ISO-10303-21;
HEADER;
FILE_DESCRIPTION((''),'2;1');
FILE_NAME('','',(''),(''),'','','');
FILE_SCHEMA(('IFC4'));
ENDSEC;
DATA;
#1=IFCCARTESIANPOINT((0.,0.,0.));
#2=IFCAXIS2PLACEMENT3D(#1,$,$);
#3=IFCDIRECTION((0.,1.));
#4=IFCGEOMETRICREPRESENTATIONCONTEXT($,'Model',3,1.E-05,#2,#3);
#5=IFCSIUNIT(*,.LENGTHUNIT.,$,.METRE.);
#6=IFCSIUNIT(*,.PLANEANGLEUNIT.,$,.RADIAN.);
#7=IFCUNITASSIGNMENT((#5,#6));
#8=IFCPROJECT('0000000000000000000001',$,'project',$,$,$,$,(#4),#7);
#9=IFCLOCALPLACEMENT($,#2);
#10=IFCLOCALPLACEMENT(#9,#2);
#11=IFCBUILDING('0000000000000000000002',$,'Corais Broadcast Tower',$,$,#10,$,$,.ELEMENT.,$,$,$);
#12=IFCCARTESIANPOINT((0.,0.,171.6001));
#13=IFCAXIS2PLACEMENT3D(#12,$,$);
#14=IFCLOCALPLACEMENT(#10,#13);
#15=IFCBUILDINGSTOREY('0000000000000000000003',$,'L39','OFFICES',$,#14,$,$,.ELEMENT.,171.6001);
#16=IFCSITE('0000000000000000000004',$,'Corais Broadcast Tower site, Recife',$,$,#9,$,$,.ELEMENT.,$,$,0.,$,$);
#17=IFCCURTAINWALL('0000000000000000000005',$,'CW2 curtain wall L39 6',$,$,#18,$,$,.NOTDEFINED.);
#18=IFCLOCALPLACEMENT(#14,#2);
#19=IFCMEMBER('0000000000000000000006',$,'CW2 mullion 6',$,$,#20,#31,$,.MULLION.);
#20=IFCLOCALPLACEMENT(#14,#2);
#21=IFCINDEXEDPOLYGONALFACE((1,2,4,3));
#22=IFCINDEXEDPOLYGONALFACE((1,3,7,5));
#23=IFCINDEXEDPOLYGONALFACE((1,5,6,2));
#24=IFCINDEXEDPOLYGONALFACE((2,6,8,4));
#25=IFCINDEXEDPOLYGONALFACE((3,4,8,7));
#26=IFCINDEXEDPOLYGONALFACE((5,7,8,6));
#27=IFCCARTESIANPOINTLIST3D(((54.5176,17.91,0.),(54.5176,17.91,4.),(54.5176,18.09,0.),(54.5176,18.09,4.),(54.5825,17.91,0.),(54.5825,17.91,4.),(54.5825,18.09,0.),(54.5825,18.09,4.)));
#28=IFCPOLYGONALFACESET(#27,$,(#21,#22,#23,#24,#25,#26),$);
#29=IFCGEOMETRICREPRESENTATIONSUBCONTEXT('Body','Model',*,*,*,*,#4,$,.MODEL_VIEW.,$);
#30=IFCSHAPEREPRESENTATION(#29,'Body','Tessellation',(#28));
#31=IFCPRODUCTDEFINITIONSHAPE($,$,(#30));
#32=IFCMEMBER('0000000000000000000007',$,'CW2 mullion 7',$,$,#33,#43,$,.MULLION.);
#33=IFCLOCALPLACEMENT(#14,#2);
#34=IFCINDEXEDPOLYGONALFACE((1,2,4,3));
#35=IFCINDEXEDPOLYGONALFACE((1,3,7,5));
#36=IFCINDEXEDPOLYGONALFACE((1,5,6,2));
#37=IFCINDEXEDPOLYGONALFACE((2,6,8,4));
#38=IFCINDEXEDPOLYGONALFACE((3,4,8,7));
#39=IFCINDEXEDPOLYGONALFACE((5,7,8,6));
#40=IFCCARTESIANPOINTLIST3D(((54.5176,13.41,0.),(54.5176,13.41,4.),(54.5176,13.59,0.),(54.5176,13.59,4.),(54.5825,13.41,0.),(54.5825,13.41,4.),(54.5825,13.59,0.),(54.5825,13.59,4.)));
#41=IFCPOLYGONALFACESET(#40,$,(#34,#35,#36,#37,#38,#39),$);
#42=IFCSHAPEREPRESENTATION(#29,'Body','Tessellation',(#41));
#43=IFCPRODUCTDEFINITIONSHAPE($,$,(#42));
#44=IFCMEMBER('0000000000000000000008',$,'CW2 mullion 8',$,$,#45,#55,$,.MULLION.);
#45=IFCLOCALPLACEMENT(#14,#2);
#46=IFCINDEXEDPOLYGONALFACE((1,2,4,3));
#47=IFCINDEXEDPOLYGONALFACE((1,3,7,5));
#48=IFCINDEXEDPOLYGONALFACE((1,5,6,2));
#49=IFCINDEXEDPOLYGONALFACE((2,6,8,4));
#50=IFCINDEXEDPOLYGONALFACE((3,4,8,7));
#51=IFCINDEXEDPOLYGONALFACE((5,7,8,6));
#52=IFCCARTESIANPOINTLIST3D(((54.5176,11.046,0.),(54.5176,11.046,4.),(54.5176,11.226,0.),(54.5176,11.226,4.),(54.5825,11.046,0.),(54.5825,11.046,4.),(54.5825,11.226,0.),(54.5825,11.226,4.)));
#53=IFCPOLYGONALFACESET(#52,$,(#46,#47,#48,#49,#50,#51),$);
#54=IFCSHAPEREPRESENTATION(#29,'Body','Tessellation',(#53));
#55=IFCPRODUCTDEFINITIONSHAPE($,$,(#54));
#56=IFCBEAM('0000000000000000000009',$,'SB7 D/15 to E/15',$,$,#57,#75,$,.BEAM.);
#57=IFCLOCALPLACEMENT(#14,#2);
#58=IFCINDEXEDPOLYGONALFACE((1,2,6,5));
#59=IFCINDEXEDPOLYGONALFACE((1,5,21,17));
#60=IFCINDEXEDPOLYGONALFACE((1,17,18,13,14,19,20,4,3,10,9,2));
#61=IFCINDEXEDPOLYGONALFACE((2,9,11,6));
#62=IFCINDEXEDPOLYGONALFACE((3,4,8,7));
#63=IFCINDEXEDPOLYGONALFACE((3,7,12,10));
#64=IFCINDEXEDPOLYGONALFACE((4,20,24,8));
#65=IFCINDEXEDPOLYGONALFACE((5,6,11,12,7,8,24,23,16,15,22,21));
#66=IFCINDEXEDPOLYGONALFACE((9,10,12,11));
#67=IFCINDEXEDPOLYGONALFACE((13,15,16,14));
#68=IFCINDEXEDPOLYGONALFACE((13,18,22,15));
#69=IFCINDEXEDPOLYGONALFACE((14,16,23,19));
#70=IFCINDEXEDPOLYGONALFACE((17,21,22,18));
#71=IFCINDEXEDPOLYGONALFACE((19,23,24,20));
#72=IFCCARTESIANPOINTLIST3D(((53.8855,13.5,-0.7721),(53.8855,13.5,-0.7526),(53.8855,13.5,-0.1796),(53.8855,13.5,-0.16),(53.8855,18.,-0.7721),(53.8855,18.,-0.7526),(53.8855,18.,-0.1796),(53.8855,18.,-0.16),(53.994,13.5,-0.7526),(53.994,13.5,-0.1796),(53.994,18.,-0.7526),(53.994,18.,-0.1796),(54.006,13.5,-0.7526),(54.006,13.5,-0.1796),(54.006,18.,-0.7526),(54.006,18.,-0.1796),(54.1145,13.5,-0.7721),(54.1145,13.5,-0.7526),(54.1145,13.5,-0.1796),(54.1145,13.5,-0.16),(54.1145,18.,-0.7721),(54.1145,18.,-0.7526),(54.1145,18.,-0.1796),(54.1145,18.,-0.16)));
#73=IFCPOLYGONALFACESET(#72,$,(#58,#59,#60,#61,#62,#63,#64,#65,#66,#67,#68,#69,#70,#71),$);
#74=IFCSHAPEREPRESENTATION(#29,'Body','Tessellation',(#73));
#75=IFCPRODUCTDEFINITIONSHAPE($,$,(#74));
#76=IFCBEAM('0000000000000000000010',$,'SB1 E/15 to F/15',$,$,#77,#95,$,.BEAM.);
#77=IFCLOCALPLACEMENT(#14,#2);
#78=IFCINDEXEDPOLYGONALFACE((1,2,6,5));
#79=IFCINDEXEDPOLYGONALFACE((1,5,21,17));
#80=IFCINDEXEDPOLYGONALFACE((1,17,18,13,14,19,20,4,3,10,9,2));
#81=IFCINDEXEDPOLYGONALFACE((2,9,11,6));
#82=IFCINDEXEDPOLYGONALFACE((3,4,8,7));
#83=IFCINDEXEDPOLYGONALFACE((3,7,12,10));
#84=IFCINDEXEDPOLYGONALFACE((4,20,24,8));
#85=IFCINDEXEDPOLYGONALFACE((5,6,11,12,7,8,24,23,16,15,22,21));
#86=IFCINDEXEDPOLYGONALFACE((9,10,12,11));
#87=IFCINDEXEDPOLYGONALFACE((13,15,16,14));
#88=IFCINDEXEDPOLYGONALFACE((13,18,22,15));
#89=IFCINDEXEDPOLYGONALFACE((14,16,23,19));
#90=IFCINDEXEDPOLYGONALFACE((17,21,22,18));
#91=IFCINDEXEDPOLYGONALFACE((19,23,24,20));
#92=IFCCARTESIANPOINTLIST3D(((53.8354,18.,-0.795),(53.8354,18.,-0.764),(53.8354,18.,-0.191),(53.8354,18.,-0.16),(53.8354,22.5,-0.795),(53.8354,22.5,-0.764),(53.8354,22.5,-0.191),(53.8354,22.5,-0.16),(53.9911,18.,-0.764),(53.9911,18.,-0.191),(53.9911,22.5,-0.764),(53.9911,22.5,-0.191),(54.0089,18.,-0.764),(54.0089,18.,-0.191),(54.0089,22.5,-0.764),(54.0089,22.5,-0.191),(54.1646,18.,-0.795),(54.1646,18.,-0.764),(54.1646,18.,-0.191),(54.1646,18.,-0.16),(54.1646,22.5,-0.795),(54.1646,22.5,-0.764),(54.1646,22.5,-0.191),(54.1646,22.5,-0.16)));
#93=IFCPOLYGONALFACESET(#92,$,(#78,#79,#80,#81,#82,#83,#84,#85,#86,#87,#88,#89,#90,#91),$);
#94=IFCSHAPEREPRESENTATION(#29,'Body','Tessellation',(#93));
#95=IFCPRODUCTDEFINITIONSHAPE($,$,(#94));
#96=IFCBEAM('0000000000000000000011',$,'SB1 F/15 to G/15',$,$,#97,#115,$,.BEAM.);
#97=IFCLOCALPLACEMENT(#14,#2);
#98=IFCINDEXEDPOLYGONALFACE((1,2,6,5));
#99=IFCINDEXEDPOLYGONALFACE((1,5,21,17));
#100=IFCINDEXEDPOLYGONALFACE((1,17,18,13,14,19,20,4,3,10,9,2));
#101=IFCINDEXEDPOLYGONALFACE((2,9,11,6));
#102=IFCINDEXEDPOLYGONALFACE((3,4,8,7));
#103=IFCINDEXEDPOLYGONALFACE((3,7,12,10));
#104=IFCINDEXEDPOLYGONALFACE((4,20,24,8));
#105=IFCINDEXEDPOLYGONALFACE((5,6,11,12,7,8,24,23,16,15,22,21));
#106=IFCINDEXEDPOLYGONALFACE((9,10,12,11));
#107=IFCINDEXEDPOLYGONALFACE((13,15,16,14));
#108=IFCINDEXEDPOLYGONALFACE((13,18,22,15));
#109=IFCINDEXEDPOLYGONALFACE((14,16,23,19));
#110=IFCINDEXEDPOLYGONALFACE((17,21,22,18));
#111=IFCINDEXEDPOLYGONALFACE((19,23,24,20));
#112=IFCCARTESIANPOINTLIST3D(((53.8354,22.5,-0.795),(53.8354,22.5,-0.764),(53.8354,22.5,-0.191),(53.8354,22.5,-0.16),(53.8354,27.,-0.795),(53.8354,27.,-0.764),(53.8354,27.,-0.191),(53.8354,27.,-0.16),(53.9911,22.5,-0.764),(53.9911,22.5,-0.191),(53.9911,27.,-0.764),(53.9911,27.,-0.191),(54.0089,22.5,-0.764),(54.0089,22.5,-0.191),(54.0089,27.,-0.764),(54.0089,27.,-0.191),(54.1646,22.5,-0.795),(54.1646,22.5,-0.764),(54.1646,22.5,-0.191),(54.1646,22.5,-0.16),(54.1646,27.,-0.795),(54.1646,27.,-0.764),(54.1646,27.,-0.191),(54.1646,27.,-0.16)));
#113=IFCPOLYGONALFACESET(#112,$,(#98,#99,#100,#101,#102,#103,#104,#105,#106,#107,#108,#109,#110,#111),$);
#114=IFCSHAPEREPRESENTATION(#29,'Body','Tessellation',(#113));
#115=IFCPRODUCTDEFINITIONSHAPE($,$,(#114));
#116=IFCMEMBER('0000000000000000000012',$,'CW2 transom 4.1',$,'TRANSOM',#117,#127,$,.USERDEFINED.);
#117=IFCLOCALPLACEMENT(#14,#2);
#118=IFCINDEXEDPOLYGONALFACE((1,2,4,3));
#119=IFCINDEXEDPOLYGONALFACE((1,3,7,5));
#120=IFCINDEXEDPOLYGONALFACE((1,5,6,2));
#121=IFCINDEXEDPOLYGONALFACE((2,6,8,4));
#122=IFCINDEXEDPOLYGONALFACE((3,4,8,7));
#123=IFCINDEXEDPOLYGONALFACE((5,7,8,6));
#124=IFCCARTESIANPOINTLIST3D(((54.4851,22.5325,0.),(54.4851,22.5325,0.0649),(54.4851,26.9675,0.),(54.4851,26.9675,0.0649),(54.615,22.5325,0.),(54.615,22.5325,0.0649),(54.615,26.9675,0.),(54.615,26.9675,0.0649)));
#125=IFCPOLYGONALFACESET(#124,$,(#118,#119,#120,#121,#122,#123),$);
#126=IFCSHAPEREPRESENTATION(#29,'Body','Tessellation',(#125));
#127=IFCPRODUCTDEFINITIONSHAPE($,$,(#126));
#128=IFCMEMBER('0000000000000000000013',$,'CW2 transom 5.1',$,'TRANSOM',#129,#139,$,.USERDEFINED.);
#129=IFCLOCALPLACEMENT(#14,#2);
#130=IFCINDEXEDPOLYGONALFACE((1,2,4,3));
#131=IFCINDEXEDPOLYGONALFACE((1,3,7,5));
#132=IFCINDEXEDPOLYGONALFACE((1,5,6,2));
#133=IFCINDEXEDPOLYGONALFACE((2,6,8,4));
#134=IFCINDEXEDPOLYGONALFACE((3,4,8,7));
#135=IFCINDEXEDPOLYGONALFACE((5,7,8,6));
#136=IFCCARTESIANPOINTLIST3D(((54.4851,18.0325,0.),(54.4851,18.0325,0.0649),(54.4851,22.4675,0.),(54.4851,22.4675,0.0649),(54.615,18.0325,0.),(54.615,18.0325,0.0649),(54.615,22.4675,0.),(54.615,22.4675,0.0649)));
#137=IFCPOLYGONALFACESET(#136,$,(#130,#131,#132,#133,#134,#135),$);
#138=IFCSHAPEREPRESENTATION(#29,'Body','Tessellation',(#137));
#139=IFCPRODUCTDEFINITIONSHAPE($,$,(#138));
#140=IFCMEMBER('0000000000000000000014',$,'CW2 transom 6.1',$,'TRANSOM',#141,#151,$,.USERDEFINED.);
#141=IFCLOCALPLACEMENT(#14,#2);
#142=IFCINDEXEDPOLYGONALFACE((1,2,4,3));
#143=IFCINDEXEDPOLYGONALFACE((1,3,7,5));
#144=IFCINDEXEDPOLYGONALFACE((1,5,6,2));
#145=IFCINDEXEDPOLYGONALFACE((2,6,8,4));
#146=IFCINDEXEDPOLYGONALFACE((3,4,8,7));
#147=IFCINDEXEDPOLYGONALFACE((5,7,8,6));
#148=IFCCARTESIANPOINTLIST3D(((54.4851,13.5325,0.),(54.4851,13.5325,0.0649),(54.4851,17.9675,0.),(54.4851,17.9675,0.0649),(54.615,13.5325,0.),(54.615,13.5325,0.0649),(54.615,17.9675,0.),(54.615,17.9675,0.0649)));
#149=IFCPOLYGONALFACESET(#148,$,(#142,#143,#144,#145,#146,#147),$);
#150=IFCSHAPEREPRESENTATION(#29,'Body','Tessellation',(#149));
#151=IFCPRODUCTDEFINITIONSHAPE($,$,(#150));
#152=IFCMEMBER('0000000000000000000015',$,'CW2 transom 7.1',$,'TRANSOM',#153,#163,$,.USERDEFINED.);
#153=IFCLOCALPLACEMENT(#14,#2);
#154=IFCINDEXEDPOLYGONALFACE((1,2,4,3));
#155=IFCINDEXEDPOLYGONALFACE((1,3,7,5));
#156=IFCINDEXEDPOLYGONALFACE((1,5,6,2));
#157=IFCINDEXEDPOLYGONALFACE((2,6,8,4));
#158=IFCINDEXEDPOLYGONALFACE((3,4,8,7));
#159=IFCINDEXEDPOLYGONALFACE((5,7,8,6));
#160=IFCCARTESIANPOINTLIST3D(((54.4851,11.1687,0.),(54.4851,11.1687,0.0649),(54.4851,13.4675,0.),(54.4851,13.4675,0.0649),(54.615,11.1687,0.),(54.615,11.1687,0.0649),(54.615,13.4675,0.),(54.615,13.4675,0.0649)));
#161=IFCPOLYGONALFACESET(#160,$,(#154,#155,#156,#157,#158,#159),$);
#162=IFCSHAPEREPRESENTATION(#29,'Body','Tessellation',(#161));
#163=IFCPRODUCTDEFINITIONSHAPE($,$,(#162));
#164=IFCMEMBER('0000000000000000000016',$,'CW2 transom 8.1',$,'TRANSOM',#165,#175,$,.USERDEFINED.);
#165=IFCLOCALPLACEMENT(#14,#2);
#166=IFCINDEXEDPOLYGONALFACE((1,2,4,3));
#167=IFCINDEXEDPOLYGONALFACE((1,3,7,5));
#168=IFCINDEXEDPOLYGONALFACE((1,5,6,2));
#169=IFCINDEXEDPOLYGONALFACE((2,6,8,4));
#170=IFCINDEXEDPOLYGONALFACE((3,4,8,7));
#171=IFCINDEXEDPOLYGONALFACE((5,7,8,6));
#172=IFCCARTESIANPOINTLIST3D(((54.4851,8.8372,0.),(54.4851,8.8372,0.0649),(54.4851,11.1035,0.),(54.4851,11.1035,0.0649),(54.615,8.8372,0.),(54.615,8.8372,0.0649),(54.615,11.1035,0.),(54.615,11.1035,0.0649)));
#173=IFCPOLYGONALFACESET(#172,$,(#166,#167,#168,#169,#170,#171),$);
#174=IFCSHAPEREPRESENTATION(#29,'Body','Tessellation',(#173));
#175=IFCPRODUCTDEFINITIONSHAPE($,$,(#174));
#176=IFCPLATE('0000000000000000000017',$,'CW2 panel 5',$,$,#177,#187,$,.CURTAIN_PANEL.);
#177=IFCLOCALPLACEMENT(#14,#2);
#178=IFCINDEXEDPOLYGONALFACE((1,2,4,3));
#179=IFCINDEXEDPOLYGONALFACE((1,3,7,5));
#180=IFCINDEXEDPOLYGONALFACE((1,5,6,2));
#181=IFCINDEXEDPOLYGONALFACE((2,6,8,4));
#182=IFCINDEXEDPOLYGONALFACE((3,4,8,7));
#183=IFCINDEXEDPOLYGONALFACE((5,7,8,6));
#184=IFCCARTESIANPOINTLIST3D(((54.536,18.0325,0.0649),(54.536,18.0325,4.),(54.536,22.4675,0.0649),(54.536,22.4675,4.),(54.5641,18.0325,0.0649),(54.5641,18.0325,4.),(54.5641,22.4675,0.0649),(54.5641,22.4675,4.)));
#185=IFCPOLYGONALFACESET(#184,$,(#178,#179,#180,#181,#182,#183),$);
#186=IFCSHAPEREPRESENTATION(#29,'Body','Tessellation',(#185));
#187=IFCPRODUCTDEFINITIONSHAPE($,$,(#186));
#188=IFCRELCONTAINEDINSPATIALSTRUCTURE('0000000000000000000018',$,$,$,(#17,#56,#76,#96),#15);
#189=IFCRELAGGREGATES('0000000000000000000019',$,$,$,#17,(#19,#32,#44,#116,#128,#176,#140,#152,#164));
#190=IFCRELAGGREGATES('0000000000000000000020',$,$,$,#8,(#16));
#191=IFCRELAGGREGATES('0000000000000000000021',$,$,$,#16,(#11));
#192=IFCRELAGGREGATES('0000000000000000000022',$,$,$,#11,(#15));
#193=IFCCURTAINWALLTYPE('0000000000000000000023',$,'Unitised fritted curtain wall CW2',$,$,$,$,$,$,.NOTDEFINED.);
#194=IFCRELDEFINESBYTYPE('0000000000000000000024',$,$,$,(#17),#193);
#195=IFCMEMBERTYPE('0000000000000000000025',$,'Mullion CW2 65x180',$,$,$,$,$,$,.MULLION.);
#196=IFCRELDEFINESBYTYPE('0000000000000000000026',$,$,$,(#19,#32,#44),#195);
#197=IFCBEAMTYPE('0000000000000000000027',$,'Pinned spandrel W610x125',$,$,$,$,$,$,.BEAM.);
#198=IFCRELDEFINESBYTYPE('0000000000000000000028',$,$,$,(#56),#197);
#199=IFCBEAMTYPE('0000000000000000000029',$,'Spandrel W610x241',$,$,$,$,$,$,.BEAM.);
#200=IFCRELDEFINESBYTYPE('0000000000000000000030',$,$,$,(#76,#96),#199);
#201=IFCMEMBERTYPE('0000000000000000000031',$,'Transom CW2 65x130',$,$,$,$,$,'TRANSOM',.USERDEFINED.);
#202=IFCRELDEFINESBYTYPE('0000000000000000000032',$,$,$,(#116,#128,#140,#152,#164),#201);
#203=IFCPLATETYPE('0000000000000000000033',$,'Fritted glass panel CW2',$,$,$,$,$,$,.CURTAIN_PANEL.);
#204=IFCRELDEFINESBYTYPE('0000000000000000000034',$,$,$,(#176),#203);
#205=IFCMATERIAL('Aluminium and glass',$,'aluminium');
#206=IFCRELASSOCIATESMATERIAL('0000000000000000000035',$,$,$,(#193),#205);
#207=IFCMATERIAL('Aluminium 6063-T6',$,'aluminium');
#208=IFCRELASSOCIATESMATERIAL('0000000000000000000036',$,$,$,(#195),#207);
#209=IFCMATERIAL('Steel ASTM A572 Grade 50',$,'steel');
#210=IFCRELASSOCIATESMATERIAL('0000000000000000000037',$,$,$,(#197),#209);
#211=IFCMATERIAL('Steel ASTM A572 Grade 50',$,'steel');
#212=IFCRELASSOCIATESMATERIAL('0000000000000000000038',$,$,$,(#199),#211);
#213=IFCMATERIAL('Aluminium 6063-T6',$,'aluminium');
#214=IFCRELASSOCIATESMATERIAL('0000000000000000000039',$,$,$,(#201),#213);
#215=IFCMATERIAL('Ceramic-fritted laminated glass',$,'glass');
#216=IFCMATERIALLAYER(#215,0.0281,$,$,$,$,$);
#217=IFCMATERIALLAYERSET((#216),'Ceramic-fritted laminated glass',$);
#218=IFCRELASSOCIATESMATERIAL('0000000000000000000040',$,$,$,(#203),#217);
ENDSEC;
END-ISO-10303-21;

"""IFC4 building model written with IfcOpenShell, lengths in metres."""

from ifc_helpers import new_model, si_unit, direction, frame, origin, origin_2d, place, context, subcontext, project, spatial, rectangle, i_section, extrude, material, layer, layer_set, material_profile, profile_set, type_object, element, aggregate, save


model = new_model("IFC4")

# Units and contexts
model_context = context("Model", 3, precision=1e-05, world=origin(), true_north=direction((0.0, 1.0)))
body_context = subcontext(model_context, "Body", "Model", "MODEL_VIEW")
ifc_project = project(units=[si_unit("LENGTHUNIT", "METRE"), si_unit("PLANEANGLEUNIT", "RADIAN")], contexts=[model_context])

# Site, building, storey
site_placement = place(None, origin())
site = spatial("IfcSite", under=ifc_project, at=site_placement, Name="Corais Broadcast Tower site, Recife", CompositionType="ELEMENT", RefElevation=0.0)
building_placement = place(site_placement, origin())
building = spatial("IfcBuilding", under=site, at=building_placement, Name="Corais Broadcast Tower", CompositionType="ELEMENT")
storey_placement = place(building_placement, frame((0.0, 0.0, 171.6001)))
storey = spatial("IfcBuildingStorey", under=building, at=storey_placement, Name="L39", Description="OFFICES", CompositionType="ELEMENT", Elevation=171.6001)

# Curtain wall, members
ifc_material_1 = material(Name="Aluminium and glass", Category="aluminium")
curtain_wall_type = type_object("IfcCurtainWallType", Name="Unitised fritted curtain wall CW2", PredefinedType="NOTDEFINED", material=ifc_material_1)
curtain_wall_placement = place(storey_placement, origin())
curtain_wall = element("IfcCurtainWall", 1, at=curtain_wall_placement, inside=storey, type_object=curtain_wall_type, Name="CW2 curtain wall L39 6", PredefinedType="NOTDEFINED")
ifc_material_2 = material(Name="Aluminium 6063-T6", Category="aluminium")
ifc_material_profile_1 = material_profile(ifc_material_2, rectangle(XDim=0.0649, YDim=0.1799, at=origin_2d()), Name="Mullion CW2 65x180")
ifc_profile_set_1 = profile_set([ifc_material_profile_1], Name="Aluminium 6063-T6")
member_type_1 = type_object("IfcMemberType", Name="Mullion CW2 65x180", PredefinedType="MULLION", material=ifc_profile_set_1)
member_1_placement = place(storey_placement, frame((54.55, 18.0, 0.0), z_axis=(0.0, 0.0, 1.0), x_axis=(1.0, 0.0, 0.0)))
member_1 = element("IfcMember", 2, at=member_1_placement, type_object=member_type_1, Name="CW2 mullion 6", PredefinedType="MULLION", context=body_context, shape_type="SweptSolid", body=[
    extrude(rectangle(XDim=0.0649, YDim=0.1799, at=origin_2d()), origin(), (0.0, 0.0, 1.0), 4.0),
])
member_2_placement = place(storey_placement, frame((54.55, 13.5, 0.0), z_axis=(0.0, 0.0, 1.0), x_axis=(1.0, 0.0, 0.0)))
member_2 = element("IfcMember", 3, at=member_2_placement, type_object=member_type_1, Name="CW2 mullion 7", PredefinedType="MULLION", context=body_context, shape_type="SweptSolid", body=[
    extrude(rectangle(XDim=0.0649, YDim=0.1799, at=origin_2d()), origin(), (0.0, 0.0, 1.0), 4.0),
])
member_3_placement = place(storey_placement, frame((54.55, 11.136, 0.0), z_axis=(0.0, 0.0, 1.0), x_axis=(1.0, 0.0, 0.0)))
member_3 = element("IfcMember", 4, at=member_3_placement, type_object=member_type_1, Name="CW2 mullion 8", PredefinedType="MULLION", context=body_context, shape_type="SweptSolid", body=[
    extrude(rectangle(XDim=0.0649, YDim=0.1799, at=origin_2d()), origin(), (0.0, 0.0, 1.0), 4.0),
])

# Beams
ifc_material_3 = material(Name="Steel ASTM A572 Grade 50", Category="steel")
ifc_material_profile_2 = material_profile(ifc_material_3, i_section(OverallWidth=0.229, OverallDepth=0.6121, WebThickness=0.012, FlangeThickness=0.0195, at=origin_2d()), Name="W610x125")
ifc_profile_set_2 = profile_set([ifc_material_profile_2], Name="Steel ASTM A572 Grade 50")
beam_type_1 = type_object("IfcBeamType", Name="Pinned spandrel W610x125", PredefinedType="BEAM", material=ifc_profile_set_2)
beam_1_placement = place(storey_placement, frame((54.0, 13.5, -0.4661), z_axis=(0.0, 1.0, 0.0), x_axis=(-1.0, 0.0, 0.0)))
element("IfcBeam", 5, at=beam_1_placement, inside=storey, type_object=beam_type_1, Name="SB7 D/15 to E/15", PredefinedType="BEAM", context=body_context, shape_type="SweptSolid", body=[
    extrude(i_section(OverallWidth=0.229, OverallDepth=0.6121, WebThickness=0.012, FlangeThickness=0.0195, at=origin_2d()), origin(), (0.0, 0.0, 1.0), 4.5),
])
ifc_material_4 = material(Name="Steel ASTM A572 Grade 50", Category="steel")
ifc_material_profile_3 = material_profile(ifc_material_4, i_section(OverallWidth=0.3291, OverallDepth=0.635, WebThickness=0.0178, FlangeThickness=0.031, at=origin_2d()), Name="W610x241")
ifc_profile_set_3 = profile_set([ifc_material_profile_3], Name="Steel ASTM A572 Grade 50")
beam_type_2 = type_object("IfcBeamType", Name="Spandrel W610x241", PredefinedType="BEAM", material=ifc_profile_set_3)
for number, where, z_axis, x_axis, name in (
    (6, (54.0, 18.0, -0.4775), (0.0, 1.0, 0.0), (-1.0, 0.0, 0.0), "SB1 E/15 to F/15"),
    (7, (54.0, 22.5, -0.4775), (0.0, 1.0, 0.0), (-1.0, 0.0, 0.0), "SB1 F/15 to G/15"),
):
    element("IfcBeam", number, at=place(storey_placement, frame(where, z_axis=z_axis, x_axis=x_axis)), inside=storey, type_object=beam_type_2, Name=name, PredefinedType="BEAM", context=body_context, shape_type="SweptSolid", body=[
        extrude(i_section(OverallWidth=0.3291, OverallDepth=0.635, WebThickness=0.0178, FlangeThickness=0.031, at=origin_2d()), origin(), (0.0, 0.0, 1.0), 4.5),
    ])

# Members
ifc_material_5 = material(Name="Aluminium 6063-T6", Category="aluminium")
ifc_material_profile_4 = material_profile(ifc_material_5, rectangle(XDim=0.1299, YDim=0.0649, at=origin_2d()), Name="Transom CW2 65x130")
ifc_profile_set_4 = profile_set([ifc_material_profile_4], Name="Aluminium 6063-T6")
member_type_2 = type_object("IfcMemberType", Name="Transom CW2 65x130", ElementType="TRANSOM", PredefinedType="USERDEFINED", material=ifc_profile_set_4)
member_4_placement = place(storey_placement, frame((54.55, 26.9675, 0.0325), z_axis=(0.0, -1.0, 0.0), x_axis=(1.0, 0.0, 0.0)))
member_4 = element("IfcMember", 8, at=member_4_placement, type_object=member_type_2, Name="CW2 transom 4.1", ObjectType="TRANSOM", PredefinedType="USERDEFINED", context=body_context, shape_type="SweptSolid", body=[
    extrude(rectangle(XDim=0.1299, YDim=0.0649, at=origin_2d()), origin(), (0.0, 0.0, 1.0), 4.4351),
])
member_5_placement = place(storey_placement, frame((54.55, 22.4675, 0.0325), z_axis=(0.0, -1.0, 0.0), x_axis=(1.0, 0.0, 0.0)))
member_5 = element("IfcMember", 9, at=member_5_placement, type_object=member_type_2, Name="CW2 transom 5.1", ObjectType="TRANSOM", PredefinedType="USERDEFINED", context=body_context, shape_type="SweptSolid", body=[
    extrude(rectangle(XDim=0.1299, YDim=0.0649, at=origin_2d()), origin(), (0.0, 0.0, 1.0), 4.4351),
])
member_6_placement = place(storey_placement, frame((54.55, 17.9675, 0.0325), z_axis=(0.0, -1.0, 0.0), x_axis=(1.0, 0.0, 0.0)))
member_6 = element("IfcMember", 10, at=member_6_placement, type_object=member_type_2, Name="CW2 transom 6.1", ObjectType="TRANSOM", PredefinedType="USERDEFINED", context=body_context, shape_type="SweptSolid", body=[
    extrude(rectangle(XDim=0.1299, YDim=0.0649, at=origin_2d()), origin(), (0.0, 0.0, 1.0), 4.4351),
])
member_7_placement = place(storey_placement, frame((54.55, 13.4675, 0.0325), z_axis=(0.0, -1.0, 0.0), x_axis=(1.0, 0.0, 0.0)))
member_7 = element("IfcMember", 11, at=member_7_placement, type_object=member_type_2, Name="CW2 transom 7.1", ObjectType="TRANSOM", PredefinedType="USERDEFINED", context=body_context, shape_type="SweptSolid", body=[
    extrude(rectangle(XDim=0.1299, YDim=0.0649, at=origin_2d()), origin(), (0.0, 0.0, 1.0), 2.2988),
])
member_8_placement = place(storey_placement, frame((54.55, 11.1035, 0.0325), z_axis=(0.0, -1.0, 0.0), x_axis=(1.0, 0.0, 0.0)))
member_8 = element("IfcMember", 12, at=member_8_placement, type_object=member_type_2, Name="CW2 transom 8.1", ObjectType="TRANSOM", PredefinedType="USERDEFINED", context=body_context, shape_type="SweptSolid", body=[
    extrude(rectangle(XDim=0.1299, YDim=0.0649, at=origin_2d()), origin(), (0.0, 0.0, 1.0), 2.2664),
])

# Plate
ifc_material_6 = material(Name="Ceramic-fritted laminated glass", Category="glass")
ifc_layer_1 = layer(ifc_material_6, 0.0281)
ifc_layer_set_1 = layer_set([ifc_layer_1], Name="Ceramic-fritted laminated glass")
plate_type_1 = type_object("IfcPlateType", Name="Fritted glass panel CW2", PredefinedType="CURTAIN_PANEL", material=ifc_layer_set_1)
plate_1_placement = place(storey_placement, frame((54.55, 20.25, 0.0649), z_axis=(0.0, 0.0, 1.0), x_axis=(0.0, -1.0, 0.0)))
plate_1 = element("IfcPlate", 13, at=plate_1_placement, type_object=plate_type_1, Name="CW2 panel 5", PredefinedType="CURTAIN_PANEL", context=body_context, shape_type="SweptSolid", body=[
    extrude(rectangle(XDim=4.4351, YDim=0.0281, at=origin_2d()), origin(), (0.0, 0.0, 1.0), 3.9351),
])
aggregate(curtain_wall, [member_1, member_2, member_3, member_4, member_5, plate_1, member_6, member_7, member_8])

save(model, "model.ifc")
